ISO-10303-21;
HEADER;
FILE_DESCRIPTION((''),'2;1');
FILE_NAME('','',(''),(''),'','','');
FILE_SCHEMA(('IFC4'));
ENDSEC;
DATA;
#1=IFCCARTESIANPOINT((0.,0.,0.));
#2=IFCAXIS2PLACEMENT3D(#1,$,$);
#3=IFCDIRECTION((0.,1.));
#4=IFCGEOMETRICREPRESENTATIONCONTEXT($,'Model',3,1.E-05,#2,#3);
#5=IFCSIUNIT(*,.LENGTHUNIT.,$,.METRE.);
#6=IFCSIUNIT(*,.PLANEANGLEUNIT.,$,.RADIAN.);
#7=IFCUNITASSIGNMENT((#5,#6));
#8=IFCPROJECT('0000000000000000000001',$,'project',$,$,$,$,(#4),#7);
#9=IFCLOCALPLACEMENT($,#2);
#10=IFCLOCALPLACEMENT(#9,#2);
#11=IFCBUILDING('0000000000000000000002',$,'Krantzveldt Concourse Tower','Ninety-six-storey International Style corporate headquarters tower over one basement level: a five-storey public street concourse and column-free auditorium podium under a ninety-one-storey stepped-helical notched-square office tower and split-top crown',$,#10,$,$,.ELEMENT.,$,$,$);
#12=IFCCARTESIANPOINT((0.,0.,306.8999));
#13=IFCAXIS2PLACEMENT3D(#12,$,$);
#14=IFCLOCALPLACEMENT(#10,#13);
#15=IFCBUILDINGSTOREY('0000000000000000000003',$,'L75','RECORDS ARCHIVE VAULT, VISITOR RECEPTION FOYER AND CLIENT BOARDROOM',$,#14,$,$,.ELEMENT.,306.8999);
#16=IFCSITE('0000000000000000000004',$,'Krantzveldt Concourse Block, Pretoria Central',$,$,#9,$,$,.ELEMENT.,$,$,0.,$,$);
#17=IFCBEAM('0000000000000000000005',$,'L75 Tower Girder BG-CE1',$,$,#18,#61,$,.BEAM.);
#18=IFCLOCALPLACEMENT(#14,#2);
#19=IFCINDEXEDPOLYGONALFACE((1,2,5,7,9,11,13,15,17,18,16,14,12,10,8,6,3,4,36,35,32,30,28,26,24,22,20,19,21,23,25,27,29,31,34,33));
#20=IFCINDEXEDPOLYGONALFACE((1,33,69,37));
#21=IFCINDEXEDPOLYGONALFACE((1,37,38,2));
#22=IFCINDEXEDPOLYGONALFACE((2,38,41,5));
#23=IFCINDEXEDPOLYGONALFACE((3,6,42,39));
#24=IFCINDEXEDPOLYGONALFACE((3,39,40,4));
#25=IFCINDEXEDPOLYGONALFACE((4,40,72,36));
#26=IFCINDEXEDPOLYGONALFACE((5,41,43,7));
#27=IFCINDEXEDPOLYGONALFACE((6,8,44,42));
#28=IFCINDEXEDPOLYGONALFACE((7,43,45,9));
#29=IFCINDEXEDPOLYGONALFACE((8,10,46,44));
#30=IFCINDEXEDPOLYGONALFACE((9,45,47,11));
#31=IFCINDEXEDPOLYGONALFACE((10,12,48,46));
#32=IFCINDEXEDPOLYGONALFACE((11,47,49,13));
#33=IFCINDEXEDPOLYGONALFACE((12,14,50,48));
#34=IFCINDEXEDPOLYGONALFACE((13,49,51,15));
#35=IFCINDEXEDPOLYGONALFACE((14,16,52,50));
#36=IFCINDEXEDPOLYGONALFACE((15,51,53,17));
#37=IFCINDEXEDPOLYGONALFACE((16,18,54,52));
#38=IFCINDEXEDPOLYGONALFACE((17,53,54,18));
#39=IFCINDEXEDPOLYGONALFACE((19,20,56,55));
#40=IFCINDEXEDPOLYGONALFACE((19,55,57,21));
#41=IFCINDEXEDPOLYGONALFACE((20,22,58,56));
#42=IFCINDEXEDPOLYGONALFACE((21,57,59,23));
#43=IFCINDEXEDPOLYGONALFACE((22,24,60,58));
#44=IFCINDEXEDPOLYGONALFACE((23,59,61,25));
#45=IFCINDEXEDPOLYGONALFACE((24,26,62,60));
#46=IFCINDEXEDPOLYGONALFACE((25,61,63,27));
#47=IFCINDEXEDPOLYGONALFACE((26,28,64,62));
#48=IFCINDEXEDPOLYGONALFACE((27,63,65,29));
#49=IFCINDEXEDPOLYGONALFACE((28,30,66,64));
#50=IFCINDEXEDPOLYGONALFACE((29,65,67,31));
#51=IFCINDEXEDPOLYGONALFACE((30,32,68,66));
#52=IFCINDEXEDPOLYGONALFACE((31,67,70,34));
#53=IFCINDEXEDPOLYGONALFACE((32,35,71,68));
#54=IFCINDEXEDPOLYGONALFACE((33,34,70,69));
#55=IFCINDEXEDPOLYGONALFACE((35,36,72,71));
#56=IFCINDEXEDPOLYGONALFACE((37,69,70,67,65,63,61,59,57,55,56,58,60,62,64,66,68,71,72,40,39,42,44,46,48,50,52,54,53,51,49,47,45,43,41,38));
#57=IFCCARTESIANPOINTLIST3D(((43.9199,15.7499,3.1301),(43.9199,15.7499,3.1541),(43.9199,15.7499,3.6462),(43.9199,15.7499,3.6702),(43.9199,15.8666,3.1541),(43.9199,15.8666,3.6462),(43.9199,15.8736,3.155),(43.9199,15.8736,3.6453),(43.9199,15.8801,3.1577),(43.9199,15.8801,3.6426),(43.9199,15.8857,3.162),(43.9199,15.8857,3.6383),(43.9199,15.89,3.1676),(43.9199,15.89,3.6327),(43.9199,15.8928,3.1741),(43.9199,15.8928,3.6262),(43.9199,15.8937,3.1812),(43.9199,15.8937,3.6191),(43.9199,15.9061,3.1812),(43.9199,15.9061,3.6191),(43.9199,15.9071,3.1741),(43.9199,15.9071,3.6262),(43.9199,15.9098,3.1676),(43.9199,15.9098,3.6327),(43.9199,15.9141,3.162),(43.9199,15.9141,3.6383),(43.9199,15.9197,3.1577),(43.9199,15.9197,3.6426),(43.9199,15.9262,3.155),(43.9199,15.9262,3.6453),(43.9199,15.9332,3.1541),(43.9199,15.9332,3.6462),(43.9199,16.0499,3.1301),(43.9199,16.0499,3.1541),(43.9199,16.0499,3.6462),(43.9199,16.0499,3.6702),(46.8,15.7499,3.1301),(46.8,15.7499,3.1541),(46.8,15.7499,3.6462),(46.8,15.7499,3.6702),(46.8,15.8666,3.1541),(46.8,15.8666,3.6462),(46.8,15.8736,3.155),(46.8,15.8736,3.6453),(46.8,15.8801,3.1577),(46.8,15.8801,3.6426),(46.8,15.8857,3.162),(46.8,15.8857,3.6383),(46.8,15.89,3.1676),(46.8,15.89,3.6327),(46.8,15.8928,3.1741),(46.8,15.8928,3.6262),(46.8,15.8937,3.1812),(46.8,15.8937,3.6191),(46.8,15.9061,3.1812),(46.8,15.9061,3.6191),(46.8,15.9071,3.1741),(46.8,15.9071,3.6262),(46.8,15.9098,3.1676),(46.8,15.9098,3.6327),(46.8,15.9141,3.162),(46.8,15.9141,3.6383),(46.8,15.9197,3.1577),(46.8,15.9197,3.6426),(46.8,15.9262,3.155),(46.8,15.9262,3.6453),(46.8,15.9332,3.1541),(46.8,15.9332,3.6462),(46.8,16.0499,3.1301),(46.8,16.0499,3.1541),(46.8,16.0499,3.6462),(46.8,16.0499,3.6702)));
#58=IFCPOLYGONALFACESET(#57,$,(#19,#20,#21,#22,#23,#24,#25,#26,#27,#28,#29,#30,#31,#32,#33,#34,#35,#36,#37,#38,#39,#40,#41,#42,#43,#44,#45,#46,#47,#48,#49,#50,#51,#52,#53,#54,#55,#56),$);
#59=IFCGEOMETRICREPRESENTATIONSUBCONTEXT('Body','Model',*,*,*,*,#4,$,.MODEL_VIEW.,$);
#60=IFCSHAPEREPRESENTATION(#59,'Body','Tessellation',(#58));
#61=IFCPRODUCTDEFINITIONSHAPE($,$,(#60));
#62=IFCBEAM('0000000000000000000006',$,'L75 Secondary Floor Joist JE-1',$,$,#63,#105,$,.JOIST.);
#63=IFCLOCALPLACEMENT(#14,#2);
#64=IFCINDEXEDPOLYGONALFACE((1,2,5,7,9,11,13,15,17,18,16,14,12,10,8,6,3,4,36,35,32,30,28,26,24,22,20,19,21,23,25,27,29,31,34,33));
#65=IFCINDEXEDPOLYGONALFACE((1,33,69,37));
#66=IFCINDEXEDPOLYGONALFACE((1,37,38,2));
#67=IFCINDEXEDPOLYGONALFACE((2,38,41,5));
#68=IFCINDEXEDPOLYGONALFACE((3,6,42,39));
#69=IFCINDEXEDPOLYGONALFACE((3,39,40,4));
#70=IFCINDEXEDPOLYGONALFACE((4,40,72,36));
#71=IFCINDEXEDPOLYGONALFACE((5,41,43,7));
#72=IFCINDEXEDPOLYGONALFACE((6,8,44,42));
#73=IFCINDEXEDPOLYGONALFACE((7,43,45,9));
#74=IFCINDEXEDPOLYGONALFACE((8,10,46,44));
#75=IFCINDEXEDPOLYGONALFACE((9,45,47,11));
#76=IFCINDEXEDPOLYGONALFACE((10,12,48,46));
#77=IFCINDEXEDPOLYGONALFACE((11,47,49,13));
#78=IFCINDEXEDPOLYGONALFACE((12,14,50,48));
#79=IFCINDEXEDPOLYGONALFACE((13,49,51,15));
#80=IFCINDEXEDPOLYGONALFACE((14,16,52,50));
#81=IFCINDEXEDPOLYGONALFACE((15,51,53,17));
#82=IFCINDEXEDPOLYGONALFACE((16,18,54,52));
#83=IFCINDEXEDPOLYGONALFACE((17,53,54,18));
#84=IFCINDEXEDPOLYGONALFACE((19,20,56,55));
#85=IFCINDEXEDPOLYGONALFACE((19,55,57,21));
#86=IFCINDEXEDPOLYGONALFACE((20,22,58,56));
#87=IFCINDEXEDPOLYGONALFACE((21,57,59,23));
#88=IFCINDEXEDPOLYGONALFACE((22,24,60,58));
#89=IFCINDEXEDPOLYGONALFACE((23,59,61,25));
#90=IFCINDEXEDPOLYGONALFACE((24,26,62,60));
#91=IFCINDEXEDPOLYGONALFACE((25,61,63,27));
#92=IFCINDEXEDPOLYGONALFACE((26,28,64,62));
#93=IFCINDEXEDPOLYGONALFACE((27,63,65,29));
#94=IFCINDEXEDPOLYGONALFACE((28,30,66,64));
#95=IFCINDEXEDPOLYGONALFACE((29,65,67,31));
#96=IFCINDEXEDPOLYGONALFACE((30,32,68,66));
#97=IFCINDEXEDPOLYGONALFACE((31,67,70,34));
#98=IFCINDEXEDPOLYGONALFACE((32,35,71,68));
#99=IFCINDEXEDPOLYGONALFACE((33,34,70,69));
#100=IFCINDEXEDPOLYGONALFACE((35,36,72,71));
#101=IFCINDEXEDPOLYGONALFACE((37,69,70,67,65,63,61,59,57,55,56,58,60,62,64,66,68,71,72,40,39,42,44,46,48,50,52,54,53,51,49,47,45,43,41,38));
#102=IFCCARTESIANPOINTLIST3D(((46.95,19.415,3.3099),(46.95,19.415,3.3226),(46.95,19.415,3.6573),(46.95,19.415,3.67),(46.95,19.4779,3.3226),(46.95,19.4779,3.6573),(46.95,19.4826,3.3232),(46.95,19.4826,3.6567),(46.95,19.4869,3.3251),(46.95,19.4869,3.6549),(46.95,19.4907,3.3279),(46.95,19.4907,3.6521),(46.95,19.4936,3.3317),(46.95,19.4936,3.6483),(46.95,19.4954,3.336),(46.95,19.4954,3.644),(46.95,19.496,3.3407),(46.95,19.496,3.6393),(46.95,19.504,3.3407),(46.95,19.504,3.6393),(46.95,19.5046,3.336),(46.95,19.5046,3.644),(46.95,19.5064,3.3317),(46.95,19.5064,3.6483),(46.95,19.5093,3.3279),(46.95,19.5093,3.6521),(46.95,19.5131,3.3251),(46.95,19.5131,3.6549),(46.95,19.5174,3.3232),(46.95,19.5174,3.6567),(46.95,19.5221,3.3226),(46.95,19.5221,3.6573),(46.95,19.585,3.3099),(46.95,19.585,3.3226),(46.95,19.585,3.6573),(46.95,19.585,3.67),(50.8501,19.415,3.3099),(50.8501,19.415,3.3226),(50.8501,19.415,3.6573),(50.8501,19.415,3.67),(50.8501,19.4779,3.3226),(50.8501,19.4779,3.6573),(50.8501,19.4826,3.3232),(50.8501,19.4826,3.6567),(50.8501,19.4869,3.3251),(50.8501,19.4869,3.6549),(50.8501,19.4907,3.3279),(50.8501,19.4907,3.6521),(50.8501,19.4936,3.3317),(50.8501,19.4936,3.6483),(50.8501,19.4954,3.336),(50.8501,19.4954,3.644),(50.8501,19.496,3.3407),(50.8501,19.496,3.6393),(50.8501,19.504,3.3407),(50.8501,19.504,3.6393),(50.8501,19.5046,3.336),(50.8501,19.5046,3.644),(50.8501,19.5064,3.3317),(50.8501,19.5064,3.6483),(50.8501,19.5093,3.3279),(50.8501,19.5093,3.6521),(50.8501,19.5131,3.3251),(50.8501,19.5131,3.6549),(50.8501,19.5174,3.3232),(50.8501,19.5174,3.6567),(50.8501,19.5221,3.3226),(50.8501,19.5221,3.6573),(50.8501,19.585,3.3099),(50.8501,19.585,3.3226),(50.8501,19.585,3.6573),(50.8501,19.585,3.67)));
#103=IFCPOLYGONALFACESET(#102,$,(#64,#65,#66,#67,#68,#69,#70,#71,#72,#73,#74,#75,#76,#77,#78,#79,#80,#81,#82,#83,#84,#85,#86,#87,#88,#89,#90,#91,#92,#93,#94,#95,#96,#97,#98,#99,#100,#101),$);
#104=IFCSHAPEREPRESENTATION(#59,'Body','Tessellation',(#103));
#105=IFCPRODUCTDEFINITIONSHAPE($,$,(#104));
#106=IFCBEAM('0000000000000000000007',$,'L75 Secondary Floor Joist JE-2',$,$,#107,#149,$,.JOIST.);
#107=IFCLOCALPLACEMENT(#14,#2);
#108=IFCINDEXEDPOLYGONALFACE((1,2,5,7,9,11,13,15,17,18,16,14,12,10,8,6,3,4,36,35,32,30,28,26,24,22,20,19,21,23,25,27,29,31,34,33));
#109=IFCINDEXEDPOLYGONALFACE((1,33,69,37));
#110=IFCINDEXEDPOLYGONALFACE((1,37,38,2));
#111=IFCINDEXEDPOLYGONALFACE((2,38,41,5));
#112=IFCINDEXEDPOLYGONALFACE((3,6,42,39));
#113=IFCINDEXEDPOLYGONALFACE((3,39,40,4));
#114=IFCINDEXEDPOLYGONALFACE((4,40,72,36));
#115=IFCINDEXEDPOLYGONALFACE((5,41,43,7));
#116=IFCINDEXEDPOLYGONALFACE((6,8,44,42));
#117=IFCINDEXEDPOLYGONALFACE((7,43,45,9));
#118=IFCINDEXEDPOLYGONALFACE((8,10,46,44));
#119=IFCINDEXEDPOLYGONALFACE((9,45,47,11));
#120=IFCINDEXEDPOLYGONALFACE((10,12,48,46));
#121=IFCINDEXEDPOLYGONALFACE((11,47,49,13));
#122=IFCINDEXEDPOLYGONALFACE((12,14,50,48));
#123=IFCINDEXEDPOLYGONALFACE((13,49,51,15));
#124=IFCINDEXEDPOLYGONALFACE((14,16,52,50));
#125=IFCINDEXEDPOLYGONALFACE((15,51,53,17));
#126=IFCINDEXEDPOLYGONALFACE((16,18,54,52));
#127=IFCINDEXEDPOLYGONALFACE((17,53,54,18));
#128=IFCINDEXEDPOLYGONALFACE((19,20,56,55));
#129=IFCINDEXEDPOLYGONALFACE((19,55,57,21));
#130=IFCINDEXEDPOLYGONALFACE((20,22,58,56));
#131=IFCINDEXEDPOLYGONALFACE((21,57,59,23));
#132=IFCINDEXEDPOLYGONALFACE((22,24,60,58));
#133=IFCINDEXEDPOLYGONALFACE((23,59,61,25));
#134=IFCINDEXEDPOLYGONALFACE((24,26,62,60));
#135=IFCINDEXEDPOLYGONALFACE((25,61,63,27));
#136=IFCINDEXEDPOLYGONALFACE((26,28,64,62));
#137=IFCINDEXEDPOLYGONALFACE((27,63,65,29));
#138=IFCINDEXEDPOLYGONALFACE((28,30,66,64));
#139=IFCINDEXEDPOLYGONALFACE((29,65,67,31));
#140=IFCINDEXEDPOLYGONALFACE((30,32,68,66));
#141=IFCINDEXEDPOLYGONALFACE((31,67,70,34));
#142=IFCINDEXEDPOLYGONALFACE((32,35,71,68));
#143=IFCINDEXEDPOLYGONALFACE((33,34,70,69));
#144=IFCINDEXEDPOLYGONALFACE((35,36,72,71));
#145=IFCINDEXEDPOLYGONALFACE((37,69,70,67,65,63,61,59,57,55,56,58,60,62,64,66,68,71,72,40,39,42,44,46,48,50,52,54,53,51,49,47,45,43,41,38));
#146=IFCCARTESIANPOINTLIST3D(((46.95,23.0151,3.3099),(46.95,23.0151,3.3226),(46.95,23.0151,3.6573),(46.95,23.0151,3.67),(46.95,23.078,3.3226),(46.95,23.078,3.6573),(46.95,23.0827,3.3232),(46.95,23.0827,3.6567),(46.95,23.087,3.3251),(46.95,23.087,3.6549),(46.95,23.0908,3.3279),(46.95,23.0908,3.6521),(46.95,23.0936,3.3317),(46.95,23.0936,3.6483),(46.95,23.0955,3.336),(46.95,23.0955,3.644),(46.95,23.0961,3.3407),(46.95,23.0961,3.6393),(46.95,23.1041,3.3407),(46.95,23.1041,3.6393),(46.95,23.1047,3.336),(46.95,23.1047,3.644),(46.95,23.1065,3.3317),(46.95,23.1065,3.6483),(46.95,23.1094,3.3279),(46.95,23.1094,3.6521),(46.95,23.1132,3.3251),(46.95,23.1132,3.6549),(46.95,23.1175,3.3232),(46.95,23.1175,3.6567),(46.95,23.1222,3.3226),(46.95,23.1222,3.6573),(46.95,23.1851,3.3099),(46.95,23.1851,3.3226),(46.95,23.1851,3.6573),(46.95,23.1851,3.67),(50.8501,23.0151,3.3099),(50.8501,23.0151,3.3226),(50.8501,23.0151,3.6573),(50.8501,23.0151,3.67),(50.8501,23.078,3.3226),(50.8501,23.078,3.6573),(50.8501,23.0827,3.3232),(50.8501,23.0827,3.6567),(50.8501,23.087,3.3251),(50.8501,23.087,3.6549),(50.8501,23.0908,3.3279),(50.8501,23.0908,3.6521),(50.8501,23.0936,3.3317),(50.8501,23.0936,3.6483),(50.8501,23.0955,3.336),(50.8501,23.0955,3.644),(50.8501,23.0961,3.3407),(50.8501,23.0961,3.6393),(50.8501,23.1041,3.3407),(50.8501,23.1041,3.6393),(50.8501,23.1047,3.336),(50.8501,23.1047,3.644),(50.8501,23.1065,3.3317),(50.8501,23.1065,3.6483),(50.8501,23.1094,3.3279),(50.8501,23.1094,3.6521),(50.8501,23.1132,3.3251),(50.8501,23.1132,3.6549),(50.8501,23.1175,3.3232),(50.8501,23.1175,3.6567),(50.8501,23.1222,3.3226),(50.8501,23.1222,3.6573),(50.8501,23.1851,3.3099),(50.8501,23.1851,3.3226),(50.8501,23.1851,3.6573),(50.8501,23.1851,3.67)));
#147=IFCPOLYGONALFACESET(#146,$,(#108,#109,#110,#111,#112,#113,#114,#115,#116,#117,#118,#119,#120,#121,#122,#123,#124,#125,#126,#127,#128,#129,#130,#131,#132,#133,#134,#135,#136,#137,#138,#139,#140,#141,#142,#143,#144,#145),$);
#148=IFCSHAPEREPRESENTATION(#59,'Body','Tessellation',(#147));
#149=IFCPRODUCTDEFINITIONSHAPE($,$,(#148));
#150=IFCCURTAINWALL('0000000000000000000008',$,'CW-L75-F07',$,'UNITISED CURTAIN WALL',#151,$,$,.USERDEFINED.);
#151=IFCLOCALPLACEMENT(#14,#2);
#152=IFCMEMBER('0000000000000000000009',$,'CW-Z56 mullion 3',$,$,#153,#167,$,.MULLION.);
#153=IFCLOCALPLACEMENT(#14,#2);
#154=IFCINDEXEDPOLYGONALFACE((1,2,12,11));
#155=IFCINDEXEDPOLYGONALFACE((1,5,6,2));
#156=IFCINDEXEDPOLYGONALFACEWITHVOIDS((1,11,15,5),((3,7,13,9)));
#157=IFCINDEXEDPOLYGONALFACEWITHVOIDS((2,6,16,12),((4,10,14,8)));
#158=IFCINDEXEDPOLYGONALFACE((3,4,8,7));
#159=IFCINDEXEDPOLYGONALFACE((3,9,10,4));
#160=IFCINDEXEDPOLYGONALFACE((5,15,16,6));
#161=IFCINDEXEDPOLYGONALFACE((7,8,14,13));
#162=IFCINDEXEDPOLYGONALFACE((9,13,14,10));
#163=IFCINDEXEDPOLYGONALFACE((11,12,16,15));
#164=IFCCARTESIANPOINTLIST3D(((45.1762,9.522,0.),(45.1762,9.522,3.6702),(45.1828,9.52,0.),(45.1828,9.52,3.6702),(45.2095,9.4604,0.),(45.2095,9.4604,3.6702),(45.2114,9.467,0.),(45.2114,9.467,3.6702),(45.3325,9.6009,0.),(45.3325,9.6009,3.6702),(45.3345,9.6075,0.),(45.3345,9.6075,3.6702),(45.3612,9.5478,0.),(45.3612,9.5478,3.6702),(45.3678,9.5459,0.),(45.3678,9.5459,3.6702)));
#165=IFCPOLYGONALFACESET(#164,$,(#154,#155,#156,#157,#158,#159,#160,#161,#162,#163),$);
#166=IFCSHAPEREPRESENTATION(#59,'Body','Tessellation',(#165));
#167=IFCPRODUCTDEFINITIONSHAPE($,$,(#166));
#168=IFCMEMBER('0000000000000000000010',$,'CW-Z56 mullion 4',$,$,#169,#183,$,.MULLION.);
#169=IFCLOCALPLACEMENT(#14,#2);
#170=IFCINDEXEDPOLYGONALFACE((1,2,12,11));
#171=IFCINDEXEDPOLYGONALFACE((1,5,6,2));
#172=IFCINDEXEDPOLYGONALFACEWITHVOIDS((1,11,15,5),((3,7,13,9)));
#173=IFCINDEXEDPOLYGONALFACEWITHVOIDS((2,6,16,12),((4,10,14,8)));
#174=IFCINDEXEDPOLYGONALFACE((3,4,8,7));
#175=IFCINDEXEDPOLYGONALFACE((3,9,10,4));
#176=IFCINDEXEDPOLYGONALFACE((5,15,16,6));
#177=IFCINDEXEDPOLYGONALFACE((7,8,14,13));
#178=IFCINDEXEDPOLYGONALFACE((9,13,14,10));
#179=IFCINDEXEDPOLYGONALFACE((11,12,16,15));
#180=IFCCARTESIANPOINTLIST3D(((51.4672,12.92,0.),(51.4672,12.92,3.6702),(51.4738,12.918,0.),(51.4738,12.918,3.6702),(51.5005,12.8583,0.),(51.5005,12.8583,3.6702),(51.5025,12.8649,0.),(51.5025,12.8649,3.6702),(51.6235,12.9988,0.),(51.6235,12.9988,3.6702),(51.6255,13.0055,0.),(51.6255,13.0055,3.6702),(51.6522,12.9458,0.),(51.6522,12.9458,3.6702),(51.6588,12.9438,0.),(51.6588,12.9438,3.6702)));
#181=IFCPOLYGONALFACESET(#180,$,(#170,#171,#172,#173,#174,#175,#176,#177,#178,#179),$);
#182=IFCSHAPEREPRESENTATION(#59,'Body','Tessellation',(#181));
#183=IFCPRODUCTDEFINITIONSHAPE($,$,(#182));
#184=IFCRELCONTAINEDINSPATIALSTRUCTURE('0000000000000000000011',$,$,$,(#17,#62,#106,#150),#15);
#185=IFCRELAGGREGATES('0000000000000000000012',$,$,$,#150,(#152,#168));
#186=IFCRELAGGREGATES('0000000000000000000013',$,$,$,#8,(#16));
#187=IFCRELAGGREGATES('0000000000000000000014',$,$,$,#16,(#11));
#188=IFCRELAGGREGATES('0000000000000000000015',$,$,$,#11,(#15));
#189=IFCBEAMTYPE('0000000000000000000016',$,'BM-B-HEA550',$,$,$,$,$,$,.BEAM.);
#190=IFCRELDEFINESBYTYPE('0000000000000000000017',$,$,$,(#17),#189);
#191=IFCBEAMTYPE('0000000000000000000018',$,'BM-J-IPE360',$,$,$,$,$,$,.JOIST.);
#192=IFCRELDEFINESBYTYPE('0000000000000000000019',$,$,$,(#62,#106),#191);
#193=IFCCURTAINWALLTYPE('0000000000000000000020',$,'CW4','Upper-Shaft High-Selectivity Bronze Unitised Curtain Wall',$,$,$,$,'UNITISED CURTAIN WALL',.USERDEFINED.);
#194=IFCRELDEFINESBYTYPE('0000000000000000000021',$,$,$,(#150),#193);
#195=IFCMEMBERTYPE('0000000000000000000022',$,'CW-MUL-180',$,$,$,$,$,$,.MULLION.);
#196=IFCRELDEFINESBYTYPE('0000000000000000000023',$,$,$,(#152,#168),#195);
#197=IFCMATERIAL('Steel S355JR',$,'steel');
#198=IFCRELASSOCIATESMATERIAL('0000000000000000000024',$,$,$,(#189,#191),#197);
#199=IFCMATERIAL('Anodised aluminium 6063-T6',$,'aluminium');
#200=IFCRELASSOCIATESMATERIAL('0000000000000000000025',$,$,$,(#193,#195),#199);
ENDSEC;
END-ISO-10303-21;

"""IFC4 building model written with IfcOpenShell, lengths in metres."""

from ifc_helpers import new_model, si_unit, direction, frame, origin, origin_2d, place, context, subcontext, project, spatial, hollow_rectangle, i_section, extrude, source, transform, mapped, material, material_profile, profile_set, type_object, type_shapes, element, aggregate, save


model = new_model("IFC4")

# Units and contexts
model_context = context("Model", 3, precision=1e-05, world=origin(), true_north=direction((0.0, 1.0)))
body_context = subcontext(model_context, "Body", "Model", "MODEL_VIEW")
ifc_project = project(units=[si_unit("LENGTHUNIT", "METRE"), si_unit("PLANEANGLEUNIT", "RADIAN")], contexts=[model_context])

# Site, building, storey
site_placement = place(None, origin())
site = spatial("IfcSite", under=ifc_project, at=site_placement, Name="Krantzveldt Concourse Block, Pretoria Central", CompositionType="ELEMENT", RefElevation=0.0)
building_placement = place(site_placement, origin())
building = spatial("IfcBuilding", under=site, at=building_placement, Name="Krantzveldt Concourse Tower", Description="Ninety-six-storey International Style corporate headquarters tower over one basement level: a five-storey public street concourse and column-free auditorium podium under a ninety-one-storey stepped-helical notched-square office tower and split-top crown", CompositionType="ELEMENT")
storey_placement = place(building_placement, frame((0.0, 0.0, 306.8999)))
storey = spatial("IfcBuildingStorey", under=building, at=storey_placement, Name="L75", Description="RECORDS ARCHIVE VAULT, VISITOR RECEPTION FOYER AND CLIENT BOARDROOM", CompositionType="ELEMENT", Elevation=306.8999)

# Beams
ifc_material_1 = material(Name="Steel S355JR", Category="steel")
ifc_material_profile_1 = material_profile(ifc_material_1, i_section(OverallWidth=0.3, OverallDepth=0.54, WebThickness=0.0125, FlangeThickness=0.0239, FilletRadius=0.0271, at=origin_2d()), Name="Steel S355JR", Category="steel")
ifc_profile_set_1 = profile_set([ifc_material_profile_1], Name="Steel S355JR - HEA 550")
beam_type_1 = type_object("IfcBeamType", Name="BM-B-HEA550", PredefinedType="BEAM", material=ifc_profile_set_1)
shared_shape_1 = source(origin(), body_context, "Body", "SweptSolid", [
    extrude(i_section(OverallWidth=0.3, OverallDepth=0.54, WebThickness=0.0125, FlangeThickness=0.0239, FilletRadius=0.0271, at=origin_2d()), origin(), (0.0, 0.0, 1.0), 2.8801),
])
beam_1_placement = place(storey_placement, frame((43.9199, 15.8999, 3.4001), z_axis=(1.0, 0.0, 0.0), x_axis=(0.0, 1.0, 0.0)))
element("IfcBeam", 1, at=beam_1_placement, inside=storey, type_object=beam_type_1, Name="L75 Tower Girder BG-CE1", PredefinedType="BEAM", context=body_context, shape_type="MappedRepresentation", body=[
    mapped(shared_shape_1, transform((0.0, 0.0, 0.0), x_axis=(1.0, 0.0, 0.0), y_axis=(0.0, 1.0, 0.0), z_axis=(0.0, 0.0, 1.0), scale=1.0)),
])
ifc_material_profile_2 = material_profile(ifc_material_1, i_section(OverallWidth=0.1699, OverallDepth=0.3601, WebThickness=0.0081, FlangeThickness=0.0127, FilletRadius=0.0181, at=origin_2d()), Name="Steel S355JR", Category="steel")
ifc_profile_set_2 = profile_set([ifc_material_profile_2], Name="Steel S355JR - IPE 360")
beam_type_2 = type_object("IfcBeamType", Name="BM-J-IPE360", PredefinedType="JOIST", material=ifc_profile_set_2)
shared_shape_2 = source(origin(), body_context, "Body", "SweptSolid", [
    extrude(i_section(OverallWidth=0.1699, OverallDepth=0.3601, WebThickness=0.0081, FlangeThickness=0.0127, FilletRadius=0.0181, at=origin_2d()), origin(), (0.0, 0.0, 1.0), 3.9001),
])
type_shapes(beam_type_2, [shared_shape_2])
for number, where, z_axis, x_axis, name in (
    (2, (46.95, 19.5, 3.49), (1.0, 0.0, 0.0), (0.0, 1.0, 0.0), "L75 Secondary Floor Joist JE-1"),
    (3, (46.95, 23.1001, 3.49), (1.0, 0.0, 0.0), (0.0, 1.0, 0.0), "L75 Secondary Floor Joist JE-2"),
):
    element("IfcBeam", number, at=place(storey_placement, frame(where, z_axis=z_axis, x_axis=x_axis)), inside=storey, type_object=beam_type_2, Name=name, PredefinedType="JOIST", context=body_context, shape_type="MappedRepresentation", body=[
        mapped(shared_shape_2, transform((0.0, 0.0, 0.0), x_axis=(1.0, 0.0, 0.0), y_axis=(0.0, 1.0, 0.0), z_axis=(0.0, 0.0, 1.0), scale=1.0)),
    ])

# Curtain wall, members
ifc_material_2 = material(Name="Anodised aluminium 6063-T6", Category="aluminium")
curtain_wall_type = type_object("IfcCurtainWallType", Name="CW4", Description="Upper-Shaft High-Selectivity Bronze Unitised Curtain Wall", ElementType="UNITISED CURTAIN WALL", PredefinedType="USERDEFINED", material=ifc_material_2)
curtain_wall_1_placement = place(storey_placement, origin())
curtain_wall_1 = element("IfcCurtainWall", 4, at=curtain_wall_1_placement, inside=storey, type_object=curtain_wall_type, Name="CW-L75-F07", ObjectType="UNITISED CURTAIN WALL", PredefinedType="USERDEFINED")
ifc_material_profile_3 = material_profile(ifc_material_2, hollow_rectangle(XDim=0.0701, YDim=0.1799, WallThickness=0.0049, at=origin_2d()), Name="Anodised aluminium 6063-T6", Category="aluminium")
ifc_profile_set_3 = profile_set([ifc_material_profile_3], Name="Anodised aluminium 6063-T6 - ALU-MULL 180x70x5")
member_type_1 = type_object("IfcMemberType", Name="CW-MUL-180", PredefinedType="MULLION", material=ifc_profile_set_3)
shared_shape_3 = source(origin(), body_context, "Body", "SweptSolid", [
    extrude(hollow_rectangle(XDim=0.0701, YDim=0.1799, WallThickness=0.0049, at=origin_2d()), origin(), (0.0, 0.0, 1.0), 3.6702),
])
type_shapes(member_type_1, [shared_shape_3])
member_1_placement = place(storey_placement, frame((45.272, 9.5339, 0.0), z_axis=(0.0, 0.0, 1.0), x_axis=(-0.47524, 0.879856, 0.0)))
member_1 = element("IfcMember", 5, at=member_1_placement, type_object=member_type_1, Name="CW-Z56 mullion 3", PredefinedType="MULLION", context=body_context, shape_type="MappedRepresentation", body=[
    mapped(shared_shape_3, transform((0.0, 0.0, 0.0), x_axis=(1.0, 0.0, 0.0), y_axis=(0.0, 1.0, 0.0), z_axis=(0.0, 0.0, 1.0), scale=1.0)),
])
member_2_placement = place(storey_placement, frame((51.563, 12.9319, 0.0), z_axis=(0.0, 0.0, 1.0), x_axis=(-0.47524, 0.879856, 0.0)))
member_2 = element("IfcMember", 6, at=member_2_placement, type_object=member_type_1, Name="CW-Z56 mullion 4", PredefinedType="MULLION", context=body_context, shape_type="MappedRepresentation", body=[
    mapped(shared_shape_3, transform((0.0, 0.0, 0.0), x_axis=(1.0, 0.0, 0.0), y_axis=(0.0, 1.0, 0.0), z_axis=(0.0, 0.0, 1.0), scale=1.0)),
])

aggregate(curtain_wall_1, [member_1, member_2])

save(model, "model.ifc")
